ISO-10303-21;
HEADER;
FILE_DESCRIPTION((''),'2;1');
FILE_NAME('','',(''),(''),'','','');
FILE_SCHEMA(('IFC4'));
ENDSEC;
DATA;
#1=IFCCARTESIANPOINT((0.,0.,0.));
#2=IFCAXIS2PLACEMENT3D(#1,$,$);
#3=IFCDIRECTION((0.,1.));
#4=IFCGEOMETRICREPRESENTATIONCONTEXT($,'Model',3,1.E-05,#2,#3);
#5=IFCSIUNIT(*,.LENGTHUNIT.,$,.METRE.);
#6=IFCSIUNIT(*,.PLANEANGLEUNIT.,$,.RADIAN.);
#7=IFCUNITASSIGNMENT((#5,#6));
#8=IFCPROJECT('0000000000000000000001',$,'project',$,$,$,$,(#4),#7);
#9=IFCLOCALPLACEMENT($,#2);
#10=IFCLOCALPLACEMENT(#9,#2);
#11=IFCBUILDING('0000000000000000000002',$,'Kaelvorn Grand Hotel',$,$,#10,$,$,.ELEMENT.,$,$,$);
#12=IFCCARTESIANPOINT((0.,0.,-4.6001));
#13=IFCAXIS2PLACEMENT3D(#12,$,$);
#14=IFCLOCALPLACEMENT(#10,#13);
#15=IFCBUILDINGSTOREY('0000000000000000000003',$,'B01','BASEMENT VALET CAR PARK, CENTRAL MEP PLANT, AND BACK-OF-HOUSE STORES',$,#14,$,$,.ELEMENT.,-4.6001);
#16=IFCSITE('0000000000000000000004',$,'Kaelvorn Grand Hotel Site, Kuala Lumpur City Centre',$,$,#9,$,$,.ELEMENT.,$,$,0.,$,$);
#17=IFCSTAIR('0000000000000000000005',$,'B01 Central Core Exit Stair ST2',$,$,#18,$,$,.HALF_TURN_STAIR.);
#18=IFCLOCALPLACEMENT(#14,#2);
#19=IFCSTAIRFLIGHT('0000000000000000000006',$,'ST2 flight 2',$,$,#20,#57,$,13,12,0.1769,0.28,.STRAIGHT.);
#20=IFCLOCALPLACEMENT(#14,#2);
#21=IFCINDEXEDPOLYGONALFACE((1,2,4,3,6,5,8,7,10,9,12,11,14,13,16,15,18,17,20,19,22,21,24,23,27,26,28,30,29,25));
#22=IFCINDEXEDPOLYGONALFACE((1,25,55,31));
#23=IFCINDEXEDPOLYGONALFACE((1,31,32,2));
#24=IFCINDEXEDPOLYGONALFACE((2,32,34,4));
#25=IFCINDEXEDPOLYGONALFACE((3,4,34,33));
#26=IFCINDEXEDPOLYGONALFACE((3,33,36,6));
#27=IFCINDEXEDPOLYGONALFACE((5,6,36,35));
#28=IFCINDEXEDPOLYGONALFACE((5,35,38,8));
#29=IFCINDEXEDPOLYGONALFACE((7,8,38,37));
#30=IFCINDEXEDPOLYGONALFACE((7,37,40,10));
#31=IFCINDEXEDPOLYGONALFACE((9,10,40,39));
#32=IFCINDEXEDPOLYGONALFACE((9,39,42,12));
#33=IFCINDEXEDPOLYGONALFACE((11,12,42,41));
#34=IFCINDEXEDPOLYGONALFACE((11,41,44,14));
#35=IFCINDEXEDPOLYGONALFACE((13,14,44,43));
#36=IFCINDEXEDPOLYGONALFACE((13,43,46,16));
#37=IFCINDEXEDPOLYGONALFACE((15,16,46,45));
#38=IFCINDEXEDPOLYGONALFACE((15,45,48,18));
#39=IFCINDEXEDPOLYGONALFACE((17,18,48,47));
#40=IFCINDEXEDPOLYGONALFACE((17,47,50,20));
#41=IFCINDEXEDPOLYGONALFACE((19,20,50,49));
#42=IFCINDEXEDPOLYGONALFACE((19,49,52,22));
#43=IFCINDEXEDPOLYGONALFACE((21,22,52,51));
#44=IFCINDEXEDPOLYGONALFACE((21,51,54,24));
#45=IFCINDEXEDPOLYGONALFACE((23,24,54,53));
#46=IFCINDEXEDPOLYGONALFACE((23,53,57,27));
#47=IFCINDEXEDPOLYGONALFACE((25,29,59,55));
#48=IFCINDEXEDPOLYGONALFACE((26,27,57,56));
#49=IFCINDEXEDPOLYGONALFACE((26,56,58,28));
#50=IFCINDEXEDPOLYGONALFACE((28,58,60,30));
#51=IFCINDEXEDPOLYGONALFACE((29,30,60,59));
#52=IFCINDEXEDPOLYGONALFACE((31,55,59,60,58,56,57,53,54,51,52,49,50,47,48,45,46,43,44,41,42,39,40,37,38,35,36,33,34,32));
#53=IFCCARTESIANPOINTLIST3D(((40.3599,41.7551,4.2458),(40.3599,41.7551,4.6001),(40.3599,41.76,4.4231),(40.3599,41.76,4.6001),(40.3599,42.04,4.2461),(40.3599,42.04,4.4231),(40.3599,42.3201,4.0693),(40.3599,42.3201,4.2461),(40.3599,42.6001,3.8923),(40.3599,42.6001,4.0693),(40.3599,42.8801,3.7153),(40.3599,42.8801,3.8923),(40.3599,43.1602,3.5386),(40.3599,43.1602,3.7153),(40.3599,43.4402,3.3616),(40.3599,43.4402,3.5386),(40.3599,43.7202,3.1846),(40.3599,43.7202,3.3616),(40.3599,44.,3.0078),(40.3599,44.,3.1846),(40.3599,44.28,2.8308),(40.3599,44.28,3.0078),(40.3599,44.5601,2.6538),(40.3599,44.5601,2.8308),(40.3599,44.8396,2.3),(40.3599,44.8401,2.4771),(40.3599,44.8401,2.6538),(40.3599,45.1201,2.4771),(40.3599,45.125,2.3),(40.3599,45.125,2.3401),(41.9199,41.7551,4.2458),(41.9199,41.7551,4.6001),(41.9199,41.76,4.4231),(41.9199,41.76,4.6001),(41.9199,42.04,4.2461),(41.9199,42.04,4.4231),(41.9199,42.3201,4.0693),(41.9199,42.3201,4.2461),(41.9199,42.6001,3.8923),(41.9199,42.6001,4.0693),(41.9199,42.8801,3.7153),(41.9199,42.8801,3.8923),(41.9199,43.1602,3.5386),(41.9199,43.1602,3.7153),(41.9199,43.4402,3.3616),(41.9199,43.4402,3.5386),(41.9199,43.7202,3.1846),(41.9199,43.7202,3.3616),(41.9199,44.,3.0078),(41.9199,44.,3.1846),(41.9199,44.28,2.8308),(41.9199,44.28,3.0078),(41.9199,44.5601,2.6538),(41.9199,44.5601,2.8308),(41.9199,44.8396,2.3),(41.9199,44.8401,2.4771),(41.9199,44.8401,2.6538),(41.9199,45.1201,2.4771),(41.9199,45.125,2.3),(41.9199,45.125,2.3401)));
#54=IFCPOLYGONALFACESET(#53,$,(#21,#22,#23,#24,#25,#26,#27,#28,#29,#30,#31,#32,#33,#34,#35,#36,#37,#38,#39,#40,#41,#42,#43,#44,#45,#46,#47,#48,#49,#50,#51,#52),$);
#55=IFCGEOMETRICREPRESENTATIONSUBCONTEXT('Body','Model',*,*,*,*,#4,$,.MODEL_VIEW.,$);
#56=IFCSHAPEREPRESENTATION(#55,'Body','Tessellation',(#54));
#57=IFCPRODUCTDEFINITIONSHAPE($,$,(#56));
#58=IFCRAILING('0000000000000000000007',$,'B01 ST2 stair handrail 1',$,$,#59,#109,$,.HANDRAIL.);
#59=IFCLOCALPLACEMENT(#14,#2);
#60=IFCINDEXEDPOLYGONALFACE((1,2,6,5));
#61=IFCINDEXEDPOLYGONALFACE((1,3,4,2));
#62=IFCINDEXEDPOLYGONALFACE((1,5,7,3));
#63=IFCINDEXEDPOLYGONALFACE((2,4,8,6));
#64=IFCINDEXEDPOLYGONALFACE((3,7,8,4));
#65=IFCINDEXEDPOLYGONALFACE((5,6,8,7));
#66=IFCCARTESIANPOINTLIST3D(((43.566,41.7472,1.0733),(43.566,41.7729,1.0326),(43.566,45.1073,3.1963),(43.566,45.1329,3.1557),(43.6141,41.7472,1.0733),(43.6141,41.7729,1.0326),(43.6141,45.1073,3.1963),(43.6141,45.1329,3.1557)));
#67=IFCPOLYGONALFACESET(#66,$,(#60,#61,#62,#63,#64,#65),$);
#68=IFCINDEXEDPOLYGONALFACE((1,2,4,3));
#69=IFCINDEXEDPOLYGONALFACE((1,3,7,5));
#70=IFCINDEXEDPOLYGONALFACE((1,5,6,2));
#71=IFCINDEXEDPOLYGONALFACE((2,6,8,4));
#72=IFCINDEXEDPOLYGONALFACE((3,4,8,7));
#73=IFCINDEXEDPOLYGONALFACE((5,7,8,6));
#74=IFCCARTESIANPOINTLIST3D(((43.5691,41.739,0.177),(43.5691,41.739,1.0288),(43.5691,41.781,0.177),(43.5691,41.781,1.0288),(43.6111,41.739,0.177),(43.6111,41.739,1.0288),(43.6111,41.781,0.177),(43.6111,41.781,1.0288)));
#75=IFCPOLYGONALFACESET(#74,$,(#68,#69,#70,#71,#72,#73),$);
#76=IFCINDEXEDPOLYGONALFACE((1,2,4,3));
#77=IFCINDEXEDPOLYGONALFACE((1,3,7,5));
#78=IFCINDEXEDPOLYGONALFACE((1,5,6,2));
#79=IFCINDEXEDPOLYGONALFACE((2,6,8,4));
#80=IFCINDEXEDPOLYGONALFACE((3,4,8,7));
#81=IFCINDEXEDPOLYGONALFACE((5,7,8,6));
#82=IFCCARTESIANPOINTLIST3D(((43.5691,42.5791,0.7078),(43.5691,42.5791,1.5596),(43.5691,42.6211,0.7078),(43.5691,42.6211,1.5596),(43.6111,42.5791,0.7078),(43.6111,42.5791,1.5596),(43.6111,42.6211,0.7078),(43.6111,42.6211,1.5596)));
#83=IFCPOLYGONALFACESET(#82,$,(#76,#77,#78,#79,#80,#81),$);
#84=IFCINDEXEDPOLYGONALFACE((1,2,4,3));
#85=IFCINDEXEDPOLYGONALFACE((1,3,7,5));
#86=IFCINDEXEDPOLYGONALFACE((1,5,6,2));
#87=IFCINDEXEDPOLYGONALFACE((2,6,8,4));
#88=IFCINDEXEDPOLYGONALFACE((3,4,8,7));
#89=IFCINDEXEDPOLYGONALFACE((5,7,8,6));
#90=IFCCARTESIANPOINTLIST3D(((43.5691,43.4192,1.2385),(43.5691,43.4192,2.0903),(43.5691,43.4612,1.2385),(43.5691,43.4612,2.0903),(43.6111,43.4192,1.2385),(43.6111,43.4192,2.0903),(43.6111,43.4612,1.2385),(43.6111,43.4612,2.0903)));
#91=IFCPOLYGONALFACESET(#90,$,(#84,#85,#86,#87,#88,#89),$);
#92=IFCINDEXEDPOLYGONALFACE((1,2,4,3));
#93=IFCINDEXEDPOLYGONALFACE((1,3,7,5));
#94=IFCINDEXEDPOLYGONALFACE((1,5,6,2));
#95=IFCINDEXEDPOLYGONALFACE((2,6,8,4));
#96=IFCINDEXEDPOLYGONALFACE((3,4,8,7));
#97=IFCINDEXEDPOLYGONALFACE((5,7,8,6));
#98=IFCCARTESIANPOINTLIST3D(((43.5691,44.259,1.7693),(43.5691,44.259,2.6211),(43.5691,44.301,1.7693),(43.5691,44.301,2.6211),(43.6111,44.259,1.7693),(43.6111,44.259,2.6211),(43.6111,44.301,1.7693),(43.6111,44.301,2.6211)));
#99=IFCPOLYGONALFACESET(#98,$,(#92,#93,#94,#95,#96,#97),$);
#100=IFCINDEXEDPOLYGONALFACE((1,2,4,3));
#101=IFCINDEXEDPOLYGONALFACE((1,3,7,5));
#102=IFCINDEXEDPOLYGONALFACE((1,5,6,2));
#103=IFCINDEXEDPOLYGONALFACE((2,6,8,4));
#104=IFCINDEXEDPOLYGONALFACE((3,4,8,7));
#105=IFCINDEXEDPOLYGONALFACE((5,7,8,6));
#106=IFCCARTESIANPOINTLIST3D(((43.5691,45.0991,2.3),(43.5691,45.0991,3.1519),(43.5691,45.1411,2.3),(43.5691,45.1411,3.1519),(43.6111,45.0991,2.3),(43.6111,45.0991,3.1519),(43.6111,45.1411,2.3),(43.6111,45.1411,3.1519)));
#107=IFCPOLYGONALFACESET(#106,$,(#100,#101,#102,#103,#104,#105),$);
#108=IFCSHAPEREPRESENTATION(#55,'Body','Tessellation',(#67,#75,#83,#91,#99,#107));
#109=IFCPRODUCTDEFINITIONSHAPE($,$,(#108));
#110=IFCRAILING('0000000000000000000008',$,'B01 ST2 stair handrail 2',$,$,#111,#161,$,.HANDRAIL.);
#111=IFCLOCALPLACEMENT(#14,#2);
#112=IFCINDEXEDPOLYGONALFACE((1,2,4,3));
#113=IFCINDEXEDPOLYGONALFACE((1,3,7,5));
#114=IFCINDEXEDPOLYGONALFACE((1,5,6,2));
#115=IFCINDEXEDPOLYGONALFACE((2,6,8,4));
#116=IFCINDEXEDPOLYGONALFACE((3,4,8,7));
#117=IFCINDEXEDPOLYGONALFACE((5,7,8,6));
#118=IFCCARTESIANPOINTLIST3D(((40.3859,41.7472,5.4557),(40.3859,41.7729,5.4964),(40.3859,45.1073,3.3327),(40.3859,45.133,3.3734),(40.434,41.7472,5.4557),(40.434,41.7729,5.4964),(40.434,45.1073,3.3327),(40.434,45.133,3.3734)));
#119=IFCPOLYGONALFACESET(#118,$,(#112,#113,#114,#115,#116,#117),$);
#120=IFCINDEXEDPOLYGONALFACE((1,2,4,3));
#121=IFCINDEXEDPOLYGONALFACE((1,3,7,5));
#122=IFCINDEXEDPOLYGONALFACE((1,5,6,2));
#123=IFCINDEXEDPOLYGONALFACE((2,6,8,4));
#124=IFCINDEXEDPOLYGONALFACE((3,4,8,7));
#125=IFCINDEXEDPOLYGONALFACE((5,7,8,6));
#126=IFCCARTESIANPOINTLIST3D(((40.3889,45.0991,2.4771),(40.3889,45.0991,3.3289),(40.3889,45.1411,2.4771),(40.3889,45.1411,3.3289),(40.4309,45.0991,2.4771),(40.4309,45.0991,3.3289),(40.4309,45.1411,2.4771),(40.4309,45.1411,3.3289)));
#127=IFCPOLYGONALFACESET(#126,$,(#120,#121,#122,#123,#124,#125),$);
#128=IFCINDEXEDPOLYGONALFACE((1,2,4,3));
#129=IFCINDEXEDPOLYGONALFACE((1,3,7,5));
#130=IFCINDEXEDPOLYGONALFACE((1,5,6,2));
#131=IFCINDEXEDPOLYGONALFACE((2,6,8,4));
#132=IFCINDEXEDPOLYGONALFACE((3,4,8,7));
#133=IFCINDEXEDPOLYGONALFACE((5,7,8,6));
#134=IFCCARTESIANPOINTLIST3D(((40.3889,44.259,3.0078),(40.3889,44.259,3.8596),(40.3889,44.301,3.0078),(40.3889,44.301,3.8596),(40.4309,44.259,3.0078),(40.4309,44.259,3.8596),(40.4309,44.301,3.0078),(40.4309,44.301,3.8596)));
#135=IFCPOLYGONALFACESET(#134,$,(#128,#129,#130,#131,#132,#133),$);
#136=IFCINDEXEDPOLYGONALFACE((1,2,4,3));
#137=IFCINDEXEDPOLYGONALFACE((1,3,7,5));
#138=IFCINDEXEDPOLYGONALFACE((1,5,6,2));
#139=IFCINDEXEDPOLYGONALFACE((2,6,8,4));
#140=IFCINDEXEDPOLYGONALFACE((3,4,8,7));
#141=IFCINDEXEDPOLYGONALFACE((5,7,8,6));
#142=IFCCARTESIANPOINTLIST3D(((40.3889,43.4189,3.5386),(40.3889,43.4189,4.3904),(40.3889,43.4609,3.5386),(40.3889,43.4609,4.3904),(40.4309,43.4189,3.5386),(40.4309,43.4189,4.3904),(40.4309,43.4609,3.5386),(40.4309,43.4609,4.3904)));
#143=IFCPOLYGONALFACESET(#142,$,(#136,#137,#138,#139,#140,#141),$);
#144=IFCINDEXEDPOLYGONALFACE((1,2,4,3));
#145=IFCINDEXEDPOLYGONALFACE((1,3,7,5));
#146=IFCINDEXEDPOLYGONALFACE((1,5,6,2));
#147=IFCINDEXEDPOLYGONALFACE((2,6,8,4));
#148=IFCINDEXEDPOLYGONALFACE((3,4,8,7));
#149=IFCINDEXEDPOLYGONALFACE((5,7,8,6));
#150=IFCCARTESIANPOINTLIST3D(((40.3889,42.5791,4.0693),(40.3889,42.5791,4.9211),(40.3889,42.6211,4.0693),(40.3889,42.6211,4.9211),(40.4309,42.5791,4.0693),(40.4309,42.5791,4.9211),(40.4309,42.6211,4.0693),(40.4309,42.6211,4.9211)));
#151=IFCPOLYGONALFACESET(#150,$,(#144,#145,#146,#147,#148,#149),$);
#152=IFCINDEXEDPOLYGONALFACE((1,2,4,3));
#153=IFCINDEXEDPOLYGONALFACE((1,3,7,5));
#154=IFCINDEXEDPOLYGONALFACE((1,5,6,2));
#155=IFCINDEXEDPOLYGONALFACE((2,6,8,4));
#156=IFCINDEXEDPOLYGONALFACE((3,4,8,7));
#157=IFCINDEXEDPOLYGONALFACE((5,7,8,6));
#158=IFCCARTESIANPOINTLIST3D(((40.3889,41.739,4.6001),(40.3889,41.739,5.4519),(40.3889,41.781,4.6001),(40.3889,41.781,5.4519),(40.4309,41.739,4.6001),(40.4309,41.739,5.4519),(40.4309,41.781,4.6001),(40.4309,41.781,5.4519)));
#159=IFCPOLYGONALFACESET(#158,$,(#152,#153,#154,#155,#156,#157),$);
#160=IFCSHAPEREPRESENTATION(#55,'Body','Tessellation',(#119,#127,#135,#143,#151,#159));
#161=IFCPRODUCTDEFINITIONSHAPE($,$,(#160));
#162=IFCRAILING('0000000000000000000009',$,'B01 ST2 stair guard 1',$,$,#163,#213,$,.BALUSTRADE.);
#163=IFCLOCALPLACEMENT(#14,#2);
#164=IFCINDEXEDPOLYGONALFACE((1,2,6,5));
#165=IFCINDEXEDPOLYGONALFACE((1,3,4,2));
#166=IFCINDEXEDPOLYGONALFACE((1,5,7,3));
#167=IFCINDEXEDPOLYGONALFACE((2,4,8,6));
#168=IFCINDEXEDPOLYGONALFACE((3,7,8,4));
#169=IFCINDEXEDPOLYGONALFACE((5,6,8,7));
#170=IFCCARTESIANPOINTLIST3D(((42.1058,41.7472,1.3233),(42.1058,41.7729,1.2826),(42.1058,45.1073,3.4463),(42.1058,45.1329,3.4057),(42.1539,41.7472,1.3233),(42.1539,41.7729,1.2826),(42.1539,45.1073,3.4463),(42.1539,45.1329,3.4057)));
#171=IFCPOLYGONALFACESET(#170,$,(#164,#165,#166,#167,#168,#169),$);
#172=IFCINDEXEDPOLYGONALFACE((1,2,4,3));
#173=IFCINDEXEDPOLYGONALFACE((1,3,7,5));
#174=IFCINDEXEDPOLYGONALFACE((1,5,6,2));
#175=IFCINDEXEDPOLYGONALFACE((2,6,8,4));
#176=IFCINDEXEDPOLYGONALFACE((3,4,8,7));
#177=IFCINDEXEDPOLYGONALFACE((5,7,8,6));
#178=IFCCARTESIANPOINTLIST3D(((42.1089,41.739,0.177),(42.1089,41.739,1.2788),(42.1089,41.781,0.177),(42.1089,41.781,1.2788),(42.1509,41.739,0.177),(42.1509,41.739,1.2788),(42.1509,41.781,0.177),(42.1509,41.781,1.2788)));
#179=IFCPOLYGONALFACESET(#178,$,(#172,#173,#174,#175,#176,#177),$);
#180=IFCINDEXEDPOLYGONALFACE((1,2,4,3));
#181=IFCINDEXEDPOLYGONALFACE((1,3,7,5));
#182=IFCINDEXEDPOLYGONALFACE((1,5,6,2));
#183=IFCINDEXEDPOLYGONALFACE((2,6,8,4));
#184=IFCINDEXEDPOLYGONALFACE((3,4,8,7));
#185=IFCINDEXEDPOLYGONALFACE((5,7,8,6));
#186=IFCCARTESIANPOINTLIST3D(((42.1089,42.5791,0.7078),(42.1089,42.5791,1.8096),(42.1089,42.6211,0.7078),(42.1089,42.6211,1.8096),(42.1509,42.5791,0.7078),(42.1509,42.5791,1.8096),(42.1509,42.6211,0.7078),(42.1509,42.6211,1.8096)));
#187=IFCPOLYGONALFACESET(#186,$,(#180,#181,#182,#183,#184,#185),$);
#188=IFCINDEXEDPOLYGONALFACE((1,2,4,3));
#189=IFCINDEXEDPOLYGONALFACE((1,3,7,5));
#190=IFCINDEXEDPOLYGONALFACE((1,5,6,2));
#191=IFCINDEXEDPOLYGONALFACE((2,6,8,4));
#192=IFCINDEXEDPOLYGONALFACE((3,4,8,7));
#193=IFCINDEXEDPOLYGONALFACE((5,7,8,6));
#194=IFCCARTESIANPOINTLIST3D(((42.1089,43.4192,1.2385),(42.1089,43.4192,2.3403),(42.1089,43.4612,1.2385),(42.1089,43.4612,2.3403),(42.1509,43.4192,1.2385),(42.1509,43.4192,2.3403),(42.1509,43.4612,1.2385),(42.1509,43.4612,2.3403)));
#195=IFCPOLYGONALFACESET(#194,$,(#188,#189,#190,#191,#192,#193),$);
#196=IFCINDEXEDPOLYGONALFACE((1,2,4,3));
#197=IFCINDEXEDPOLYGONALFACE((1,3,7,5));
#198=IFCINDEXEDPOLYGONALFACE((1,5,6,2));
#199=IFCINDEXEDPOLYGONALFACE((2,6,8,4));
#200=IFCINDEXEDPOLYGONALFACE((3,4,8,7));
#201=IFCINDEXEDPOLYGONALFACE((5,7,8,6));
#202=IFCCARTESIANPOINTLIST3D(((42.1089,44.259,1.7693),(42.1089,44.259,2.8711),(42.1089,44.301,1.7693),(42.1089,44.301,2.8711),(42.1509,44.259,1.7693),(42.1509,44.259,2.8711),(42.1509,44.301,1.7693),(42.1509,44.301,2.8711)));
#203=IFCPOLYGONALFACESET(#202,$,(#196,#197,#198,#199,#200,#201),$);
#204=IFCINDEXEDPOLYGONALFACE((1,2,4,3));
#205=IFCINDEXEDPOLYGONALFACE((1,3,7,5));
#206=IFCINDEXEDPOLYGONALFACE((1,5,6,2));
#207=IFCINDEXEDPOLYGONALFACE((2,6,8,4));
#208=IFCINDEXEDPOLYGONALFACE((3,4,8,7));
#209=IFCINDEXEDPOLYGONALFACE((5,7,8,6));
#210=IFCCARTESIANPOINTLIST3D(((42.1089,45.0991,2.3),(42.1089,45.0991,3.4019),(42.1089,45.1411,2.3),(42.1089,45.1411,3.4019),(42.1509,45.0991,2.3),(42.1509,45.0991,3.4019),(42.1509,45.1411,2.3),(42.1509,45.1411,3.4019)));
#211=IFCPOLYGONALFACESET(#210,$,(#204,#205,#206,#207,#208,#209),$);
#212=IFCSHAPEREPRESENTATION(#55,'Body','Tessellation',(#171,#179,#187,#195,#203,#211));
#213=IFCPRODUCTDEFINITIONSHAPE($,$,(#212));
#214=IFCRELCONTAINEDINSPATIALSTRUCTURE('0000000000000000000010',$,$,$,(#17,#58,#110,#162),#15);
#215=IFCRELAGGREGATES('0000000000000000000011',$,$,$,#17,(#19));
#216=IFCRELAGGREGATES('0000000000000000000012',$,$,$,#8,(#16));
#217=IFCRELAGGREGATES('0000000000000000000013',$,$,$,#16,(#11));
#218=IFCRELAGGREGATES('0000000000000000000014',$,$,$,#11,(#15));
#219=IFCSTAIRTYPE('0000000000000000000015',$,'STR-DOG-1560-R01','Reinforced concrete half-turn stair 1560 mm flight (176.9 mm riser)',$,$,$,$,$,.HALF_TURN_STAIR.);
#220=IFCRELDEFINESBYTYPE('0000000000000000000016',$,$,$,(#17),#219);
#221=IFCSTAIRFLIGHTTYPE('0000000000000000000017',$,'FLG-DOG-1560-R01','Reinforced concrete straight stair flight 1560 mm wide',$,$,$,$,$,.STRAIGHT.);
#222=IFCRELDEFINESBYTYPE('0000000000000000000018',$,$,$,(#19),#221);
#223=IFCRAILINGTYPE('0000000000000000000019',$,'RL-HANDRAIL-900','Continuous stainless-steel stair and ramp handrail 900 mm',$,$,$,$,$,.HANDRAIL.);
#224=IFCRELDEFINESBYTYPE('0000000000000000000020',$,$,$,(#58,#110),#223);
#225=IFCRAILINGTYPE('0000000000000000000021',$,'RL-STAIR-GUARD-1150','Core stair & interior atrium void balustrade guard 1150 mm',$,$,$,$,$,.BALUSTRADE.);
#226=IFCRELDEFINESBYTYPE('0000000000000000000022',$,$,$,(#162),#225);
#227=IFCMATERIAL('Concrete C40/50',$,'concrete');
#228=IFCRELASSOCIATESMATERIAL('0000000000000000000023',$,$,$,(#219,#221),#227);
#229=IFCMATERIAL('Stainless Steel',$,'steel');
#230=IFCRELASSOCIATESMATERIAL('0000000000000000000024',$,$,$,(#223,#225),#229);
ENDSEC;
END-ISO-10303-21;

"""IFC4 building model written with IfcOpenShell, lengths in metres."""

from ifc_helpers import new_model, si_unit, direction, frame, origin, origin_2d, place, context, subcontext, project, spatial, polyline, rectangle, outline, extrude, material, type_object, element, aggregate, save


model = new_model("IFC4")

# Units and contexts
model_context = context("Model", 3, precision=1e-05, world=origin(), true_north=direction((0.0, 1.0)))
body_context = subcontext(model_context, "Body", "Model", "MODEL_VIEW")
ifc_project = project(units=[si_unit("LENGTHUNIT", "METRE"), si_unit("PLANEANGLEUNIT", "RADIAN")], contexts=[model_context])

# Site, building, storey
site_placement = place(None, origin())
site = spatial("IfcSite", under=ifc_project, at=site_placement, Name="Kaelvorn Grand Hotel Site, Kuala Lumpur City Centre", CompositionType="ELEMENT", RefElevation=0.0)
building_placement = place(site_placement, origin())
building = spatial("IfcBuilding", under=site, at=building_placement, Name="Kaelvorn Grand Hotel", CompositionType="ELEMENT")
storey_placement = place(building_placement, frame((0.0, 0.0, -4.6001)))
storey = spatial("IfcBuildingStorey", under=building, at=storey_placement, Name="B01", Description="BASEMENT VALET CAR PARK, CENTRAL MEP PLANT, AND BACK-OF-HOUSE STORES", CompositionType="ELEMENT", Elevation=-4.6001)

# Shared definitions
ifc_material_1 = material(Name="Concrete C40/50", Category="concrete")

# Stair, stair flight
stair_type = type_object("IfcStairType", Name="STR-DOG-1560-R01", Description="Reinforced concrete half-turn stair 1560 mm flight (176.9 mm riser)", PredefinedType="HALF_TURN_STAIR", material=ifc_material_1)
stair_placement = place(storey_placement, origin())
stair = element("IfcStair", 1, at=stair_placement, inside=storey, type_object=stair_type, Name="B01 Central Core Exit Stair ST2", PredefinedType="HALF_TURN_STAIR")
stair_flight_type = type_object("IfcStairFlightType", Name="FLG-DOG-1560-R01", Description="Reinforced concrete straight stair flight 1560 mm wide", PredefinedType="STRAIGHT", material=ifc_material_1)
stair_flight_1_placement = place(storey_placement, frame((41.1399, 45.1201, 2.3), z_axis=(0.0, 0.0, 1.0), x_axis=(0.0, -1.0, 0.0)))
stair_flight_1 = element("IfcStairFlight", 2, at=stair_flight_1_placement, type_object=stair_flight_type, Name="ST2 flight 2", NumberOfRisers=13, NumberOfTreads=12, PredefinedType="STRAIGHT", RiserHeight=0.1769, TreadLength=0.28, context=body_context, shape_type="SweptSolid", body=[
    extrude(outline(polyline([(-0.0049, 0.0), (-0.0049, 0.04), (0.0, 0.177), (0.28, 0.177), (0.28, 0.3538), (0.5601, 0.3538), (0.5601, 0.5308), (0.8401, 0.5308), (0.8401, 0.7078), (1.1201, 0.7078), (1.1201, 0.8845), (1.3999, 0.8845), (1.3999, 1.0615), (1.6799, 1.0615), (1.6799, 1.2385), (1.96, 1.2385), (1.96, 1.4153), (2.24, 1.4153), (2.24, 1.5923), (2.52, 1.5923), (2.52, 1.7693), (2.8, 1.7693), (2.8, 1.946), (3.0801, 1.946), (3.0801, 2.123), (3.3601, 2.123), (3.3601, 2.3), (3.365, 2.3), (3.365, 1.9458), (0.2805, 0.0), (-0.0049, 0.0)])), frame((0.0, 0.78, 0.0), z_axis=(0.0, -1.0, 0.0), x_axis=(1.0, 0.0, 0.0)), (0.0, 0.0, 1.0), 1.5601),
])
aggregate(stair, [stair_flight_1])

# Railings
ifc_material_2 = material(Name="Stainless Steel", Category="steel")
railing_type_1 = type_object("IfcRailingType", Name="RL-HANDRAIL-900", Description="Continuous stainless-steel stair and ramp handrail 900 mm", PredefinedType="HANDRAIL", material=ifc_material_2)
railing_1_placement = place(storey_placement, frame((43.5901, 41.76, 0.177)))
element("IfcRailing", 3, at=railing_1_placement, inside=storey, type_object=railing_type_1, Name="B01 ST2 stair handrail 1", PredefinedType="HANDRAIL", context=body_context, shape_type="SweptSolid", body=[
    extrude(rectangle(XDim=0.0481, YDim=0.0481, at=origin_2d()), frame((0.0, 0.0, 0.876), z_axis=(0.0, 0.84539, 0.53415), x_axis=(-1.0, 0.0, 0.0)), (0.0, 0.0, 1.0), 3.9746),
    extrude(rectangle(XDim=0.042, YDim=0.042, at=origin_2d()), origin(), (0.0, 0.0, 1.0), 0.8518),
    extrude(rectangle(XDim=0.042, YDim=0.042, at=origin_2d()), frame((0.0, 0.8401, 0.5308)), (0.0, 0.0, 1.0), 0.8518),
    extrude(rectangle(XDim=0.042, YDim=0.042, at=origin_2d()), frame((0.0, 1.6802, 1.0615)), (0.0, 0.0, 1.0), 0.8518),
    extrude(rectangle(XDim=0.042, YDim=0.042, at=origin_2d()), frame((0.0, 2.52, 1.5923)), (0.0, 0.0, 1.0), 0.8518),
    extrude(rectangle(XDim=0.042, YDim=0.042, at=origin_2d()), frame((0.0, 3.3601, 2.123)), (0.0, 0.0, 1.0), 0.8518),
])
railing_2_placement = place(storey_placement, frame((40.4099, 45.1201, 2.4771)))
element("IfcRailing", 4, at=railing_2_placement, inside=storey, type_object=railing_type_1, Name="B01 ST2 stair handrail 2", PredefinedType="HANDRAIL", context=body_context, shape_type="SweptSolid", body=[
    extrude(rectangle(XDim=0.0481, YDim=0.0481, at=origin_2d()), frame((0.0, 0.0, 0.876), z_axis=(0.0, -0.84539, 0.53415), x_axis=(1.0, 0.0, 0.0)), (0.0, 0.0, 1.0), 3.9746),
    extrude(rectangle(XDim=0.042, YDim=0.042, at=origin_2d()), origin(), (0.0, 0.0, 1.0), 0.8518),
    extrude(rectangle(XDim=0.042, YDim=0.042, at=origin_2d()), frame((0.0, -0.8401, 0.5308)), (0.0, 0.0, 1.0), 0.8518),
    extrude(rectangle(XDim=0.042, YDim=0.042, at=origin_2d()), frame((0.0, -1.6802, 1.0615)), (0.0, 0.0, 1.0), 0.8518),
    extrude(rectangle(XDim=0.042, YDim=0.042, at=origin_2d()), frame((0.0, -2.52, 1.5923)), (0.0, 0.0, 1.0), 0.8518),
    extrude(rectangle(XDim=0.042, YDim=0.042, at=origin_2d()), frame((0.0, -3.3601, 2.123)), (0.0, 0.0, 1.0), 0.8518),
])
railing_type_2 = type_object("IfcRailingType", Name="RL-STAIR-GUARD-1150", Description="Core stair & interior atrium void balustrade guard 1150 mm", PredefinedType="BALUSTRADE", material=ifc_material_2)
railing_3_placement = place(storey_placement, frame((42.1299, 41.76, 0.177)))
element("IfcRailing", 5, at=railing_3_placement, inside=storey, type_object=railing_type_2, Name="B01 ST2 stair guard 1", PredefinedType="BALUSTRADE", context=body_context, shape_type="SweptSolid", body=[
    extrude(rectangle(XDim=0.0481, YDim=0.0481, at=origin_2d()), frame((0.0, 0.0, 1.126), z_axis=(0.0, 0.84539, 0.53415), x_axis=(-1.0, 0.0, 0.0)), (0.0, 0.0, 1.0), 3.9746),
    extrude(rectangle(XDim=0.042, YDim=0.042, at=origin_2d()), origin(), (0.0, 0.0, 1.0), 1.1018),
    extrude(rectangle(XDim=0.042, YDim=0.042, at=origin_2d()), frame((0.0, 0.8401, 0.5308)), (0.0, 0.0, 1.0), 1.1018),
    extrude(rectangle(XDim=0.042, YDim=0.042, at=origin_2d()), frame((0.0, 1.6802, 1.0615)), (0.0, 0.0, 1.0), 1.1018),
    extrude(rectangle(XDim=0.042, YDim=0.042, at=origin_2d()), frame((0.0, 2.52, 1.5923)), (0.0, 0.0, 1.0), 1.1018),
    extrude(rectangle(XDim=0.042, YDim=0.042, at=origin_2d()), frame((0.0, 3.3601, 2.123)), (0.0, 0.0, 1.0), 1.1018),
])

save(model, "model.ifc")
